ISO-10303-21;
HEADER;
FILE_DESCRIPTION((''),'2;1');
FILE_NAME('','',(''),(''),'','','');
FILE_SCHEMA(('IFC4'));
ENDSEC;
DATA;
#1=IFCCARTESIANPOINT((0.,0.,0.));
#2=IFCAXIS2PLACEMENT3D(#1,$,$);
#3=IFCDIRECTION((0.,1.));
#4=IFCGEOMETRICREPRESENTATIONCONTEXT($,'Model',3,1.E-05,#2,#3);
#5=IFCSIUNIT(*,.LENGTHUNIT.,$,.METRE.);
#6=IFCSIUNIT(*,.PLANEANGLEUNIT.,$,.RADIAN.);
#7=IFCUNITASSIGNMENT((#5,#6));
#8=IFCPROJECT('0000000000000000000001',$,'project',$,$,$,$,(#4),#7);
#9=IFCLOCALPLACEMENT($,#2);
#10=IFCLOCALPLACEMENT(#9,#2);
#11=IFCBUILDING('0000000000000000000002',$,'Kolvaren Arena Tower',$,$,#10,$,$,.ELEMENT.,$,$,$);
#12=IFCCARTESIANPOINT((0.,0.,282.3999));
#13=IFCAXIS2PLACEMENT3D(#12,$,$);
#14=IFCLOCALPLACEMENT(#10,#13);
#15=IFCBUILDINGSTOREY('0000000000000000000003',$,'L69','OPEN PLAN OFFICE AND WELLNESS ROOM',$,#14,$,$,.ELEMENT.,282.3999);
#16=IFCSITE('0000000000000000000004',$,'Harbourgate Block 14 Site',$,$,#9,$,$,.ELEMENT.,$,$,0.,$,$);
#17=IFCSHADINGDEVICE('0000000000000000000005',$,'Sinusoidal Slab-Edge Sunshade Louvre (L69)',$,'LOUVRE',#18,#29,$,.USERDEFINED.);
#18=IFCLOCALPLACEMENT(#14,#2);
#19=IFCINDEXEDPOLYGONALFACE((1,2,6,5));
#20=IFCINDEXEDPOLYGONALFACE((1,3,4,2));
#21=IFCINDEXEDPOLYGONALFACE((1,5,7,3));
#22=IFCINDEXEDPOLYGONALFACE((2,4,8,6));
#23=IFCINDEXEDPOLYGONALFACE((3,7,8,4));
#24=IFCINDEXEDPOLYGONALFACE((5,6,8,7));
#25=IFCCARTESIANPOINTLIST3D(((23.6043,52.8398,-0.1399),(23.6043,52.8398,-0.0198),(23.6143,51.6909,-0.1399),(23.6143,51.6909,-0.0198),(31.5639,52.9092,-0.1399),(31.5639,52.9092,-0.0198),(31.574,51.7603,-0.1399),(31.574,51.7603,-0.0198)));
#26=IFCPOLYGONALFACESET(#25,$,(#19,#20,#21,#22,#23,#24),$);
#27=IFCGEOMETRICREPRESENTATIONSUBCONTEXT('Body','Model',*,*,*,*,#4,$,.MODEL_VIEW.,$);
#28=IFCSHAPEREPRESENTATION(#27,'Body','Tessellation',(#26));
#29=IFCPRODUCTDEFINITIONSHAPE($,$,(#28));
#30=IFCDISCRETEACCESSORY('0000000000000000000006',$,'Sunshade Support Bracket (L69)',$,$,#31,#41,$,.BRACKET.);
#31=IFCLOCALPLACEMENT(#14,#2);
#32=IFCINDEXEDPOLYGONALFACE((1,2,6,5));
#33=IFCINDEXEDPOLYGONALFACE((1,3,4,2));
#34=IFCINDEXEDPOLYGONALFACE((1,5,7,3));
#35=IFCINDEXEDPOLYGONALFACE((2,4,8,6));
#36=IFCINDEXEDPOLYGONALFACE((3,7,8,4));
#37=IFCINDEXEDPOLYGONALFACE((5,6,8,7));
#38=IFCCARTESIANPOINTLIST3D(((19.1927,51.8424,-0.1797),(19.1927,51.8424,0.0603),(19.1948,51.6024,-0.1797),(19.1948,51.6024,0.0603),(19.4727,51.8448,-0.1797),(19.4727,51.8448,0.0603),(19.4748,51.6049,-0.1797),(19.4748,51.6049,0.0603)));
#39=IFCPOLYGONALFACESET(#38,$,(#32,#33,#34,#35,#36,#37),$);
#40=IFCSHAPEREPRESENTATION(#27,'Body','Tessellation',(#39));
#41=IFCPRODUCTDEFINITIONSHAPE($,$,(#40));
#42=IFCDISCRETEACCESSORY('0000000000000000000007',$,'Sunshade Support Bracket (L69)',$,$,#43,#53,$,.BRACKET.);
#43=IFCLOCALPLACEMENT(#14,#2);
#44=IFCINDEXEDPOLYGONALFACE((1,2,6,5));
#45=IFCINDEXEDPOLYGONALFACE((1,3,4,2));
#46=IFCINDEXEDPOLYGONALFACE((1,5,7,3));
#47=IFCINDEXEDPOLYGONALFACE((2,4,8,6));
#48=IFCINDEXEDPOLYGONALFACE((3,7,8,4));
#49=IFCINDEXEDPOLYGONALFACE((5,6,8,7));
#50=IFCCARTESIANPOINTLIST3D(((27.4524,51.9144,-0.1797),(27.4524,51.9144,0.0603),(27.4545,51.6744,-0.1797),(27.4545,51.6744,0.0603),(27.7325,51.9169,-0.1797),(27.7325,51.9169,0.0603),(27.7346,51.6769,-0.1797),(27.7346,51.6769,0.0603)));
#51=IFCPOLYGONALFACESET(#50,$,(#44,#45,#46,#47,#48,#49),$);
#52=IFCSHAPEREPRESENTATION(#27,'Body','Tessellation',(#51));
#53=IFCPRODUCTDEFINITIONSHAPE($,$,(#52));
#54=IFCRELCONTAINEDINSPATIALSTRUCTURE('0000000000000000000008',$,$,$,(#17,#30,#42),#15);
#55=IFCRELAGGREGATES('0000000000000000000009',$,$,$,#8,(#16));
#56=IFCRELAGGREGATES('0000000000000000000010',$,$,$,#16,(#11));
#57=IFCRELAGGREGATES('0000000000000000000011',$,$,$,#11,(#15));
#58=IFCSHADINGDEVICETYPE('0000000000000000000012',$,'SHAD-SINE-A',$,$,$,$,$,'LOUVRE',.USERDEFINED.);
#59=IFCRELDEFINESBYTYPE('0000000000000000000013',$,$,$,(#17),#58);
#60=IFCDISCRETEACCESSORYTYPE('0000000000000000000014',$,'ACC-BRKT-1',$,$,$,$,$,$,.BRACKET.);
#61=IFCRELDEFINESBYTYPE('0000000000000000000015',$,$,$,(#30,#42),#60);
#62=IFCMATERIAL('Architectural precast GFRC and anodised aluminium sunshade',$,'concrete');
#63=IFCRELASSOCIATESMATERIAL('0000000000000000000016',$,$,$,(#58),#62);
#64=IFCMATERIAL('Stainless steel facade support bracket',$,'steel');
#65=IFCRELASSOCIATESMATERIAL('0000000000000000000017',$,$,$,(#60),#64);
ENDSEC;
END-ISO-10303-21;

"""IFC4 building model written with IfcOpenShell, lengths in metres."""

from ifc_helpers import new_model, si_unit, direction, frame, origin, origin_2d, place, context, subcontext, project, spatial, rectangle, extrude, material, type_object, element, save


model = new_model("IFC4")

# Units and contexts
model_context = context("Model", 3, precision=1e-05, world=origin(), true_north=direction((0.0, 1.0)))
body_context = subcontext(model_context, "Body", "Model", "MODEL_VIEW")
ifc_project = project(units=[si_unit("LENGTHUNIT", "METRE"), si_unit("PLANEANGLEUNIT", "RADIAN")], contexts=[model_context])

# Site, building, storey
site_placement = place(None, origin())
site = spatial("IfcSite", under=ifc_project, at=site_placement, Name="Harbourgate Block 14 Site", CompositionType="ELEMENT", RefElevation=0.0)
building_placement = place(site_placement, origin())
building = spatial("IfcBuilding", under=site, at=building_placement, Name="Kolvaren Arena Tower", CompositionType="ELEMENT")
storey_placement = place(building_placement, frame((0.0, 0.0, 282.3999)))
storey = spatial("IfcBuildingStorey", under=building, at=storey_placement, Name="L69", Description="OPEN PLAN OFFICE AND WELLNESS ROOM", CompositionType="ELEMENT", Elevation=282.3999)

# Shading device
ifc_material_1 = material(Name="Architectural precast GFRC and anodised aluminium sunshade", Category="concrete")
shading_device_type = type_object("IfcShadingDeviceType", Name="SHAD-SINE-A", ElementType="LOUVRE", PredefinedType="USERDEFINED", material=ifc_material_1)
shading_device_1_placement = place(storey_placement, frame((27.5891, 52.3, -0.1399), z_axis=(0.0, 0.0, 1.0), x_axis=(0.999962, 0.008727, 0.0)))
element("IfcShadingDevice", 1, at=shading_device_1_placement, inside=storey, type_object=shading_device_type, Name="Sinusoidal Slab-Edge Sunshade Louvre (L69)", ObjectType="LOUVRE", PredefinedType="USERDEFINED", context=body_context, shape_type="SweptSolid", body=[
    extrude(rectangle(XDim=7.96, YDim=1.1489, at=origin_2d()), origin(), (0.0, 0.0, 1.0), 0.1201),
])

# Discrete accessories
ifc_material_2 = material(Name="Stainless steel facade support bracket", Category="steel")
discrete_accessory_type = type_object("IfcDiscreteAccessoryType", Name="ACC-BRKT-1", PredefinedType="BRACKET", material=ifc_material_2)
for number, where, z_axis, x_axis, name in (
    (2, (19.3337, 51.7236, -0.1797), (0.0, 0.0, 1.0), (0.999962, 0.008727, 0.0), "Sunshade Support Bracket (L69)"),
    (3, (27.5935, 51.7957, -0.1797), (0.0, 0.0, 1.0), (0.999962, 0.008727, 0.0), "Sunshade Support Bracket (L69)"),
):
    element("IfcDiscreteAccessory", number, at=place(storey_placement, frame(where, z_axis=z_axis, x_axis=x_axis)), inside=storey, type_object=discrete_accessory_type, Name=name, PredefinedType="BRACKET", context=body_context, shape_type="SweptSolid", body=[
        extrude(rectangle(XDim=0.28, YDim=0.24, at=origin_2d()), origin(), (0.0, 0.0, 1.0), 0.24),
    ])

save(model, "model.ifc")
